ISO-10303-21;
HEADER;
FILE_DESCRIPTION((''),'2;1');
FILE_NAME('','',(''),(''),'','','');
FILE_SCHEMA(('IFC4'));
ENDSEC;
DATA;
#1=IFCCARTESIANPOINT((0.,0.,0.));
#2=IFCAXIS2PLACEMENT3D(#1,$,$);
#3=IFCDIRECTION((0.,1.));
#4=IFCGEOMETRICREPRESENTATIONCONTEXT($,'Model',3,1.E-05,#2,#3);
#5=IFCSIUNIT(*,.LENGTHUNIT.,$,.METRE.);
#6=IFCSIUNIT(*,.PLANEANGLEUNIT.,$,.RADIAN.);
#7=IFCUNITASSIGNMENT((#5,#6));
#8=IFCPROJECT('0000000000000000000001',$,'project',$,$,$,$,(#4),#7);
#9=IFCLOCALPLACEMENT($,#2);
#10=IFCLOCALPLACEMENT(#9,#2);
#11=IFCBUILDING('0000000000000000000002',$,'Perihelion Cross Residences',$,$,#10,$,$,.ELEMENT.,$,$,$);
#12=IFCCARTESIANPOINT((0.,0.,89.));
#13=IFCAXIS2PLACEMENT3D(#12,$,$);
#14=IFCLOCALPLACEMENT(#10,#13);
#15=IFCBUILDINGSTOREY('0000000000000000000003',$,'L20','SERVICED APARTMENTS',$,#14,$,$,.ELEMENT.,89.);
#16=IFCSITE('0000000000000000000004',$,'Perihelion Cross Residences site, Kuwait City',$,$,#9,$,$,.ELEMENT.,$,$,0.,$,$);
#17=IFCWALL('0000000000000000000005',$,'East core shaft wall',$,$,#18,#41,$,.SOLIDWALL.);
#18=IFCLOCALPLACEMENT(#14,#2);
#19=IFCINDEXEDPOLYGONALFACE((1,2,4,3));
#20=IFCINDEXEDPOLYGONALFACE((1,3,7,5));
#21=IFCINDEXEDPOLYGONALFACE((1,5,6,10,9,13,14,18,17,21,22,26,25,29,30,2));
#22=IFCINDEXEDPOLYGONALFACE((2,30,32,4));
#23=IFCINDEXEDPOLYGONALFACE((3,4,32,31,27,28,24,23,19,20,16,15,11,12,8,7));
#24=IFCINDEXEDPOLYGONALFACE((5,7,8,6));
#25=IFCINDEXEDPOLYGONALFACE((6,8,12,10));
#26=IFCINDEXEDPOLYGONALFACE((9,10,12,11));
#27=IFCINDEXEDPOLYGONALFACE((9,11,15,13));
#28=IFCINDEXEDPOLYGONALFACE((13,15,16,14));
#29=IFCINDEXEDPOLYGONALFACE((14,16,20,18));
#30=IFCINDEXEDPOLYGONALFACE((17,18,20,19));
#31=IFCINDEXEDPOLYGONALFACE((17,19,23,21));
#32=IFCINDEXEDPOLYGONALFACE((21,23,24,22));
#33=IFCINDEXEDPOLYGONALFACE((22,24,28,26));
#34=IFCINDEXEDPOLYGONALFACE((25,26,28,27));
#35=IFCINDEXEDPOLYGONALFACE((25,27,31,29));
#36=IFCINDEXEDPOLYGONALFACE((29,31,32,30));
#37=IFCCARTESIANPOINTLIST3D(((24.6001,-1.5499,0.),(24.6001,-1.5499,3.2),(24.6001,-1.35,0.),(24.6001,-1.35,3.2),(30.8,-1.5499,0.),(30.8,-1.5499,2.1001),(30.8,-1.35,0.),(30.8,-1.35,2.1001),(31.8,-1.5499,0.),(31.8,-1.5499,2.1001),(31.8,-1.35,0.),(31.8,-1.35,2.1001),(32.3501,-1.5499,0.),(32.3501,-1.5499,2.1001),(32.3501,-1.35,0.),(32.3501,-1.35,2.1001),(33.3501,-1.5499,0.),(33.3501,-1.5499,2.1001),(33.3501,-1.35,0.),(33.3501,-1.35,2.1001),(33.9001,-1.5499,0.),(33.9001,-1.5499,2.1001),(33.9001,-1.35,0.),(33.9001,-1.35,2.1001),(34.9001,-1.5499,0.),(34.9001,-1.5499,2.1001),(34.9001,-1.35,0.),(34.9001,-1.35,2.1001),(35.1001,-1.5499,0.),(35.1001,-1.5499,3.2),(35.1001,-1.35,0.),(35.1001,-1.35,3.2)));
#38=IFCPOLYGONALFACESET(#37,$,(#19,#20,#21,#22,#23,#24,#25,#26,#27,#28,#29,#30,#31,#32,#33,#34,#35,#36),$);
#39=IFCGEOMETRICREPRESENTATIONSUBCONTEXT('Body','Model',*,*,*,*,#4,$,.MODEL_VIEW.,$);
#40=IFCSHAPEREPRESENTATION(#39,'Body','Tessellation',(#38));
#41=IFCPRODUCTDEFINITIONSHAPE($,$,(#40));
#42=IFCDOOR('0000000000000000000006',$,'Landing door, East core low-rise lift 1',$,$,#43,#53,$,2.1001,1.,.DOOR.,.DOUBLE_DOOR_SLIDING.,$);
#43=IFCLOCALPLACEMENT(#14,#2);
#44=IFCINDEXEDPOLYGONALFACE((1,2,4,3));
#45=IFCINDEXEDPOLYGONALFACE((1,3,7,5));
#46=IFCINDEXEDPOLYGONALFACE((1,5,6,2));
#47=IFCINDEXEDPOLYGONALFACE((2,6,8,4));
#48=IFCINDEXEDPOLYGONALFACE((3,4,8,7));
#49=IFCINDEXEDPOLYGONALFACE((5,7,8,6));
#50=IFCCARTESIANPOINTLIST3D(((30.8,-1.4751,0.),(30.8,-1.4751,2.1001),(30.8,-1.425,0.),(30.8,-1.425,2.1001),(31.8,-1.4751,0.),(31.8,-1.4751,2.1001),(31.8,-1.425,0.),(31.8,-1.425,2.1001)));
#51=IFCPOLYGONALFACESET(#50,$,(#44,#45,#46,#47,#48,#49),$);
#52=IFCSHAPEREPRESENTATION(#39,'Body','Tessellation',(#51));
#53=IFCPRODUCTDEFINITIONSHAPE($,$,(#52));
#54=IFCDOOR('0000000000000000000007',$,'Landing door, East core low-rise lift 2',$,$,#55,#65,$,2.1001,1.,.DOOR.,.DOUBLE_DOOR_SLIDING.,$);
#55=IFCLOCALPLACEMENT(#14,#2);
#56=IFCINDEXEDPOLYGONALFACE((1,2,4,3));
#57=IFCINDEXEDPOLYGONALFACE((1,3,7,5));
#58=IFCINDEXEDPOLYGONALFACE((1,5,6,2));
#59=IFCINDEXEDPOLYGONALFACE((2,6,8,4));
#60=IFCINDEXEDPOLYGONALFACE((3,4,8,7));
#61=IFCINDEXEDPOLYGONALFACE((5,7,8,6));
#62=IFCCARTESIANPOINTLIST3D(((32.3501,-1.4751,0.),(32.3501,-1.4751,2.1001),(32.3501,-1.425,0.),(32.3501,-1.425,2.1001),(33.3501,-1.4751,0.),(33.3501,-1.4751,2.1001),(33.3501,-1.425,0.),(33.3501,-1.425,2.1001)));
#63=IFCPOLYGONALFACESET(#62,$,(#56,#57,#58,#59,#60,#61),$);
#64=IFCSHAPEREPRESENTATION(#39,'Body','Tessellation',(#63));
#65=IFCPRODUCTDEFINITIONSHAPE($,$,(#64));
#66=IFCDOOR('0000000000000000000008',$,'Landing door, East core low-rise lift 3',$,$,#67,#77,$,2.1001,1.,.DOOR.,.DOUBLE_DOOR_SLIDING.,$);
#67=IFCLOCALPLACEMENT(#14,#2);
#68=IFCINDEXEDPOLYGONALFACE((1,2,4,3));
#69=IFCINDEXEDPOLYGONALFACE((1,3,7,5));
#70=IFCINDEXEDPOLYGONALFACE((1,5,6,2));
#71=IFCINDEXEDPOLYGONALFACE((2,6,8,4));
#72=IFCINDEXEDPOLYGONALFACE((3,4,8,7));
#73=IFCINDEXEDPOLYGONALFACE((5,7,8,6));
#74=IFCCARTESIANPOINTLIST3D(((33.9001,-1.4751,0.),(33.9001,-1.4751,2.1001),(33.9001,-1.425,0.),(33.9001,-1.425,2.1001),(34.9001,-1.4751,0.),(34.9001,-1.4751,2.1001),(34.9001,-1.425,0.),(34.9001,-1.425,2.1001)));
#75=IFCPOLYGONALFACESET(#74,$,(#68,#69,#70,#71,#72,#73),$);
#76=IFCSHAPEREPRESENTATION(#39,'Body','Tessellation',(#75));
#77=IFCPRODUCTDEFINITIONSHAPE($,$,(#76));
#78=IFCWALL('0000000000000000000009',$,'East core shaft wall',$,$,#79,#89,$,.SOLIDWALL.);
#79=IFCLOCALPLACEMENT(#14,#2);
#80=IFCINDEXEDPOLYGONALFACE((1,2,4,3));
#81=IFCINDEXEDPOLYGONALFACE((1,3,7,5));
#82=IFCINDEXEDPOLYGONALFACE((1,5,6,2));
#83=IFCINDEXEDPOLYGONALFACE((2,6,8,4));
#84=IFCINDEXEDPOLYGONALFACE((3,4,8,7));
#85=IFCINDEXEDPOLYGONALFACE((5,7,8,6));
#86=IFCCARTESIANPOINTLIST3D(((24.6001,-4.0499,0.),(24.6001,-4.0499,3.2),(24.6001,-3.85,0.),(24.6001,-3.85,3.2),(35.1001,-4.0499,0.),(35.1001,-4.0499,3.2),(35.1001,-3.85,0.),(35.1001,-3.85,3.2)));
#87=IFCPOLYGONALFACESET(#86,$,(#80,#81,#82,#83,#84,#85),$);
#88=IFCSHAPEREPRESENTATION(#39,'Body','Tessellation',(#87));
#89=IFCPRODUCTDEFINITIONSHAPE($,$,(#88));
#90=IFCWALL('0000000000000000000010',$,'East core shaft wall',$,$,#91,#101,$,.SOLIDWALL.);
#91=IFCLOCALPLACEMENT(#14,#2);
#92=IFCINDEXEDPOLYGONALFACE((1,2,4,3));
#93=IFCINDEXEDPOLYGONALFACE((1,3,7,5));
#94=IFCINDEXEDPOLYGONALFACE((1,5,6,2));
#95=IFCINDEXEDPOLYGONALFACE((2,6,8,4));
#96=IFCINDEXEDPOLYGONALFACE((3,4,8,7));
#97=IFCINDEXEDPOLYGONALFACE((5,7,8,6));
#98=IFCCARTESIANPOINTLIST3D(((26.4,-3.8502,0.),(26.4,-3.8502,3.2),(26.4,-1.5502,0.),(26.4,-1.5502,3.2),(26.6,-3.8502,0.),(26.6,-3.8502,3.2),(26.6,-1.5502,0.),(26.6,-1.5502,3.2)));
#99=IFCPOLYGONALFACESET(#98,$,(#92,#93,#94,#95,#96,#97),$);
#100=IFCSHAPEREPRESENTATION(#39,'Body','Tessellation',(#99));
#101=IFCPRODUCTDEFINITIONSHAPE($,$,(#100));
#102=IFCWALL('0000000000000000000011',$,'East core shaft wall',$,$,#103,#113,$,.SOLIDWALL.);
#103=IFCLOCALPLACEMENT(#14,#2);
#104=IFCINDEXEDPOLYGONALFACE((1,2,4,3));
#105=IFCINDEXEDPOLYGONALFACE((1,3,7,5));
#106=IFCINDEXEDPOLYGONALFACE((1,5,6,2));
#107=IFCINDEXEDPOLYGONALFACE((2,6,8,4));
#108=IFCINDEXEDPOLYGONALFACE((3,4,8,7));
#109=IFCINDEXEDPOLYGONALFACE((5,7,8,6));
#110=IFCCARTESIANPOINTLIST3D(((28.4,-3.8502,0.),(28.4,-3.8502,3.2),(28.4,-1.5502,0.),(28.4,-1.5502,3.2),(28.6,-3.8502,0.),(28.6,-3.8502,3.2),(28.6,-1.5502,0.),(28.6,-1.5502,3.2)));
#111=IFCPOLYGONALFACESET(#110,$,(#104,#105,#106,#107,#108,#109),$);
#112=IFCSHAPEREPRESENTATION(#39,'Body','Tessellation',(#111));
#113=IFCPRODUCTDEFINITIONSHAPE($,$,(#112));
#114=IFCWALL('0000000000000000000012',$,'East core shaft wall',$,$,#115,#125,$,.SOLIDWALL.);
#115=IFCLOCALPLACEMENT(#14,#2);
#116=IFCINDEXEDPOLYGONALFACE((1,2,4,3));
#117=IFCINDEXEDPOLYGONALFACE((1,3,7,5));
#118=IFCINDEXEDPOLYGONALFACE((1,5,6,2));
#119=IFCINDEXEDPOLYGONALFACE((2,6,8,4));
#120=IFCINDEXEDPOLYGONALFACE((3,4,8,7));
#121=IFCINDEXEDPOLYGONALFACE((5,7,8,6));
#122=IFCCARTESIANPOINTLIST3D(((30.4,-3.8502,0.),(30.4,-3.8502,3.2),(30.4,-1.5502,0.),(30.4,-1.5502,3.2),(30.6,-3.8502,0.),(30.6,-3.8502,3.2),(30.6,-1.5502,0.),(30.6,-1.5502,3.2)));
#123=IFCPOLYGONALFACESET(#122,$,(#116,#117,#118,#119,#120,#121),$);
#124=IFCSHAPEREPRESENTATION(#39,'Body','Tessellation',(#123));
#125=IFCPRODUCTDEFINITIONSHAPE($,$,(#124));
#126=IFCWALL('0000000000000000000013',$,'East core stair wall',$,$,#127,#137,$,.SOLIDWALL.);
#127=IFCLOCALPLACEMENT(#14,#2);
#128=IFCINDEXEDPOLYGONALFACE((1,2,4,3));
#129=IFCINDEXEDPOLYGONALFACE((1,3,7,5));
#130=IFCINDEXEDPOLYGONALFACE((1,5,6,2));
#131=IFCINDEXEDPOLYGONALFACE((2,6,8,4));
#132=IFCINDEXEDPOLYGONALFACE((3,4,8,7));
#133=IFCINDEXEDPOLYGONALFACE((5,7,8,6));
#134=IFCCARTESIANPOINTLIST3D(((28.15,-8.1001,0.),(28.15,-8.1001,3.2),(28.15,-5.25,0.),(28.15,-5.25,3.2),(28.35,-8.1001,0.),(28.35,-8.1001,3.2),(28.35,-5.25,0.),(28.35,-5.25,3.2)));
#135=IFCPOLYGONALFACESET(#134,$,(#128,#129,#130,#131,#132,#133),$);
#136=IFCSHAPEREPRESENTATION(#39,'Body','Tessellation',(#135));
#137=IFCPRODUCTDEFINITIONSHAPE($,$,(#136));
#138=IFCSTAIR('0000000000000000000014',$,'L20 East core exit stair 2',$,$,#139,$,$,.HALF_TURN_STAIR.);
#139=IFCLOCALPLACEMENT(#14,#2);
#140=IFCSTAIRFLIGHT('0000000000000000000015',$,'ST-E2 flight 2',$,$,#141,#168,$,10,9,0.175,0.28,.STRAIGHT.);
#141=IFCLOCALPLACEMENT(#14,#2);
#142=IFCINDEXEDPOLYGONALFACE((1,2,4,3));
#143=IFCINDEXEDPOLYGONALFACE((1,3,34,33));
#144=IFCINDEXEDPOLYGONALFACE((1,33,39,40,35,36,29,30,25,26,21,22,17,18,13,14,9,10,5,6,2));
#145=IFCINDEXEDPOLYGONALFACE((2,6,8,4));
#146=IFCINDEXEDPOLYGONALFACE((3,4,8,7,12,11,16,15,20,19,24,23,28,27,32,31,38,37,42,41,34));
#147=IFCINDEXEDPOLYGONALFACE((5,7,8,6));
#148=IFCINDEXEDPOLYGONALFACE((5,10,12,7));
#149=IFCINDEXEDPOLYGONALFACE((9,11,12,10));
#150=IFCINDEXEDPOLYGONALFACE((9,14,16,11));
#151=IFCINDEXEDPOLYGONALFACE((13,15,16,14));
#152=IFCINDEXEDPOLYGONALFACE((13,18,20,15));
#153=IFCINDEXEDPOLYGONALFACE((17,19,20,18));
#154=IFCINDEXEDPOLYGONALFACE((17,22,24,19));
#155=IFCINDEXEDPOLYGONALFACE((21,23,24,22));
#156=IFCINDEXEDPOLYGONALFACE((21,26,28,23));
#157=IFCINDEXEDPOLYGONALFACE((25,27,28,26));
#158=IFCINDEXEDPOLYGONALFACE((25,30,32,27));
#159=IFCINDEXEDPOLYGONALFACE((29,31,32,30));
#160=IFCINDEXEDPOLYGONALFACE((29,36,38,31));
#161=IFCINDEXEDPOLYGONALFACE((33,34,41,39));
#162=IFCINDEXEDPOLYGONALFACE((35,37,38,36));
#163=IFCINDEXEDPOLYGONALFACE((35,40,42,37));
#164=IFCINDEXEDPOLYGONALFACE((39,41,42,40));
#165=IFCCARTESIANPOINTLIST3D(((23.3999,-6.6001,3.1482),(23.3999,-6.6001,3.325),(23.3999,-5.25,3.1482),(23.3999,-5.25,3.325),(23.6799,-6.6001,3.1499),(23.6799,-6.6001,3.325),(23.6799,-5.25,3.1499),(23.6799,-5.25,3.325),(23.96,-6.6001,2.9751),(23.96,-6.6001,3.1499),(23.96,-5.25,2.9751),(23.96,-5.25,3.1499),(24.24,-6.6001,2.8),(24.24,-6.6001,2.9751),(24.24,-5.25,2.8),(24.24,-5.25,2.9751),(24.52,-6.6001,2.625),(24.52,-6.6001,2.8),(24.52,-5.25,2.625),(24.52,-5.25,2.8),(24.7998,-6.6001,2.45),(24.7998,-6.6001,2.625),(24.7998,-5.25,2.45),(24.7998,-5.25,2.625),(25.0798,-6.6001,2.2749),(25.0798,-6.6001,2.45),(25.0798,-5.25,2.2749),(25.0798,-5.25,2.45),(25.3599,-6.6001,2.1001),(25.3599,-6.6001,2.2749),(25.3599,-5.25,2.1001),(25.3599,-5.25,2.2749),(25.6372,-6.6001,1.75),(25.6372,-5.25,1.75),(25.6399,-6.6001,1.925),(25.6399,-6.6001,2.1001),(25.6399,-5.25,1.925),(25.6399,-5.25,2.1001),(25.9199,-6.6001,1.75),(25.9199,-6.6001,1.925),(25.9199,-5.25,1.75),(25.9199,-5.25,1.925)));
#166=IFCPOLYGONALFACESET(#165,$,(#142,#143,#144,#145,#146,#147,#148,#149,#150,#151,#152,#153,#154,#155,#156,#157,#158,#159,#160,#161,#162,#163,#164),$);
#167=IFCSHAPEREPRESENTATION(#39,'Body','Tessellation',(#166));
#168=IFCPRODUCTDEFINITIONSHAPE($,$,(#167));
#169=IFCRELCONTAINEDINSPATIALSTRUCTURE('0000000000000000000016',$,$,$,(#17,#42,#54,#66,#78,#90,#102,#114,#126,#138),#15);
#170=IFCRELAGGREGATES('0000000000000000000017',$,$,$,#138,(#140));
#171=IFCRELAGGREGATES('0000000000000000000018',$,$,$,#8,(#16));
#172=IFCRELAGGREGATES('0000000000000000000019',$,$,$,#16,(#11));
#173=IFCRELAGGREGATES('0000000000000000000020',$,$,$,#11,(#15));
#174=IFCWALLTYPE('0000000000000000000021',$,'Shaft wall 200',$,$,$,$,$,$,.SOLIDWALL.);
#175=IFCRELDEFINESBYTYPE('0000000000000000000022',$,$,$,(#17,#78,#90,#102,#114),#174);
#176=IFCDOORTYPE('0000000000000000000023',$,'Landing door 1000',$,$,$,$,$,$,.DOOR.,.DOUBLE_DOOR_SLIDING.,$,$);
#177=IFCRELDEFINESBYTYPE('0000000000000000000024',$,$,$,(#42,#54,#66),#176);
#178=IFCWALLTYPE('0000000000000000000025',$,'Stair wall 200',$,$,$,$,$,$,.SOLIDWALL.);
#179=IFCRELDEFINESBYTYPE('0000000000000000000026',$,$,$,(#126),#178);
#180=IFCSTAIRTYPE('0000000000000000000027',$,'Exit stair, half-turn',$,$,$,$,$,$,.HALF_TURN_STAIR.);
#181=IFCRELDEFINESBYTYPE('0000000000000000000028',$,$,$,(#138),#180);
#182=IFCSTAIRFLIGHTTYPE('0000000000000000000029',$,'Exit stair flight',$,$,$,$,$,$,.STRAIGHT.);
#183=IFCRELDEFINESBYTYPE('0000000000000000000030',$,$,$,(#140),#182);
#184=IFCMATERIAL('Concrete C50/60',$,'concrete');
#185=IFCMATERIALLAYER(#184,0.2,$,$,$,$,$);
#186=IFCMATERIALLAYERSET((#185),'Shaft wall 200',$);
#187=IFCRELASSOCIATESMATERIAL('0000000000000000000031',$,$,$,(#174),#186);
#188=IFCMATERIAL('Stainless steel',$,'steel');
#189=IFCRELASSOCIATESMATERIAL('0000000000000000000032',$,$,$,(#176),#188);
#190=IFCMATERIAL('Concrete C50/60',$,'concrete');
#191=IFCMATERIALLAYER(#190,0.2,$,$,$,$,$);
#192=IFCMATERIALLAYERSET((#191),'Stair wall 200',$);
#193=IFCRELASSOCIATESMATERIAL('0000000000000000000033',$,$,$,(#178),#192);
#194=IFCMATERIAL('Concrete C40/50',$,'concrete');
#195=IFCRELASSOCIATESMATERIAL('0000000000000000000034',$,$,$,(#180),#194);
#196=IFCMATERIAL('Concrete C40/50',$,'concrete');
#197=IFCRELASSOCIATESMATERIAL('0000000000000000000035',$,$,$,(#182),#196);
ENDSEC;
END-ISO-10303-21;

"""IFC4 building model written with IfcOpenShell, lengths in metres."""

from ifc_helpers import new_model, si_unit, direction, frame, frame_2d, origin, place, context, subcontext, project, spatial, polyline, rectangle, outline, extrude, material, layer, layer_set, type_object, element, fill, aggregate, save


model = new_model("IFC4")

# Units and contexts
model_context = context("Model", 3, precision=1e-05, world=origin(), true_north=direction((0.0, 1.0)))
body_context = subcontext(model_context, "Body", "Model", "MODEL_VIEW")
ifc_project = project(units=[si_unit("LENGTHUNIT", "METRE"), si_unit("PLANEANGLEUNIT", "RADIAN")], contexts=[model_context])

# Site, building, storey
site_placement = place(None, origin())
site = spatial("IfcSite", under=ifc_project, at=site_placement, Name="Perihelion Cross Residences site, Kuwait City", CompositionType="ELEMENT", RefElevation=0.0)
building_placement = place(site_placement, origin())
building = spatial("IfcBuilding", under=site, at=building_placement, Name="Perihelion Cross Residences", CompositionType="ELEMENT")
storey_placement = place(building_placement, frame((0.0, 0.0, 89.0)))
storey = spatial("IfcBuildingStorey", under=building, at=storey_placement, Name="L20", Description="SERVICED APARTMENTS", CompositionType="ELEMENT", Elevation=89.0)

# Wall, openings, doors
ifc_material_1 = material(Name="Concrete C50/60", Category="concrete")
ifc_layer_1 = layer(ifc_material_1, 0.2)
ifc_layer_set_1 = layer_set([ifc_layer_1], Name="Shaft wall 200")
wall_type_1 = type_object("IfcWallType", Name="Shaft wall 200", PredefinedType="SOLIDWALL", material=ifc_layer_set_1)
wall_1_placement = place(storey_placement, frame((24.6001, -1.45, 0.0), z_axis=(0.0, 0.0, 1.0), x_axis=(1.0, 0.0, 0.0)))
wall_1 = element("IfcWall", 1, at=wall_1_placement, inside=storey, type_object=wall_type_1, Name="East core shaft wall", PredefinedType="SOLIDWALL", context=body_context, shape_type="SweptSolid", body=[
    extrude(rectangle(XDim=10.5, YDim=0.2, at=frame_2d((5.25, 0.0))), origin(), (0.0, 0.0, 1.0), 3.2),
])
opening_1_placement = place(wall_1_placement, frame((6.2, 0.0, 0.0)))
opening_1 = element("IfcOpeningElement", 2, at=opening_1_placement, cuts=wall_1, PredefinedType="OPENING", context=body_context, shape_type="SweptSolid", body=[
    extrude(rectangle(XDim=1.0, YDim=2.1001, at=frame_2d((0.5, 1.05))), frame((0.0, 0.1099, 0.0), z_axis=(0.0, -1.0, 0.0), x_axis=(1.0, 0.0, 0.0)), (0.0, 0.0, 1.0), 0.22),
])
opening_2_placement = place(wall_1_placement, frame((7.75, 0.0, 0.0)))
opening_2 = element("IfcOpeningElement", 3, at=opening_2_placement, cuts=wall_1, PredefinedType="OPENING", context=body_context, shape_type="SweptSolid", body=[
    extrude(rectangle(XDim=1.0, YDim=2.1001, at=frame_2d((0.5, 1.05))), frame((0.0, 0.1099, 0.0), z_axis=(0.0, -1.0, 0.0), x_axis=(1.0, 0.0, 0.0)), (0.0, 0.0, 1.0), 0.22),
])
opening_3_placement = place(wall_1_placement, frame((9.3, 0.0, 0.0)))
opening_3 = element("IfcOpeningElement", 4, at=opening_3_placement, cuts=wall_1, PredefinedType="OPENING", context=body_context, shape_type="SweptSolid", body=[
    extrude(rectangle(XDim=1.0, YDim=2.1001, at=frame_2d((0.5, 1.05))), frame((0.0, 0.1099, 0.0), z_axis=(0.0, -1.0, 0.0), x_axis=(1.0, 0.0, 0.0)), (0.0, 0.0, 1.0), 0.22),
])
ifc_material_2 = material(Name="Stainless steel", Category="steel")
door_type_1 = type_object("IfcDoorType", Name="Landing door 1000", OperationType="DOUBLE_DOOR_SLIDING", PredefinedType="DOOR", material=ifc_material_2)
door_1_placement = place(opening_1_placement, origin())
door_1 = element("IfcDoor", 5, at=door_1_placement, inside=storey, type_object=door_type_1, Name="Landing door, East core low-rise lift 1", OperationType="DOUBLE_DOOR_SLIDING", OverallHeight=2.1001, OverallWidth=1.0, PredefinedType="DOOR", context=body_context, shape_type="SweptSolid", body=[
    extrude(rectangle(XDim=1.0, YDim=2.1001, at=frame_2d((0.5, 1.05))), frame((0.0, 0.0249, 0.0), z_axis=(0.0, -1.0, 0.0), x_axis=(1.0, 0.0, 0.0)), (0.0, 0.0, 1.0), 0.05),
])
fill(opening_1, door_1)
door_2_placement = place(opening_2_placement, origin())
door_2 = element("IfcDoor", 6, at=door_2_placement, inside=storey, type_object=door_type_1, Name="Landing door, East core low-rise lift 2", OperationType="DOUBLE_DOOR_SLIDING", OverallHeight=2.1001, OverallWidth=1.0, PredefinedType="DOOR", context=body_context, shape_type="SweptSolid", body=[
    extrude(rectangle(XDim=1.0, YDim=2.1001, at=frame_2d((0.5, 1.05))), frame((0.0, 0.0249, 0.0), z_axis=(0.0, -1.0, 0.0), x_axis=(1.0, 0.0, 0.0)), (0.0, 0.0, 1.0), 0.05),
])
fill(opening_2, door_2)
door_3_placement = place(opening_3_placement, origin())
door_3 = element("IfcDoor", 7, at=door_3_placement, inside=storey, type_object=door_type_1, Name="Landing door, East core low-rise lift 3", OperationType="DOUBLE_DOOR_SLIDING", OverallHeight=2.1001, OverallWidth=1.0, PredefinedType="DOOR", context=body_context, shape_type="SweptSolid", body=[
    extrude(rectangle(XDim=1.0, YDim=2.1001, at=frame_2d((0.5, 1.05))), frame((0.0, 0.0249, 0.0), z_axis=(0.0, -1.0, 0.0), x_axis=(1.0, 0.0, 0.0)), (0.0, 0.0, 1.0), 0.05),
])
fill(opening_3, door_3)

# Walls
wall_2_placement = place(storey_placement, frame((24.6001, -3.95, 0.0), z_axis=(0.0, 0.0, 1.0), x_axis=(1.0, 0.0, 0.0)))
element("IfcWall", 8, at=wall_2_placement, inside=storey, type_object=wall_type_1, Name="East core shaft wall", PredefinedType="SOLIDWALL", context=body_context, shape_type="SweptSolid", body=[
    extrude(rectangle(XDim=10.5, YDim=0.2, at=frame_2d((5.25, 0.0))), origin(), (0.0, 0.0, 1.0), 3.2),
])
for number, where, z_axis, x_axis, name in (
    (9, (26.5, -3.8501, 0.0), (0.0, 0.0, 1.0), (0.0, 1.0, 0.0), "East core shaft wall"),
    (10, (28.5, -3.8501, 0.0), (0.0, 0.0, 1.0), (0.0, 1.0, 0.0), "East core shaft wall"),
    (11, (30.5, -3.8501, 0.0), (0.0, 0.0, 1.0), (0.0, 1.0, 0.0), "East core shaft wall"),
):
    element("IfcWall", number, at=place(storey_placement, frame(where, z_axis=z_axis, x_axis=x_axis)), inside=storey, type_object=wall_type_1, Name=name, PredefinedType="SOLIDWALL", context=body_context, shape_type="SweptSolid", body=[
        extrude(rectangle(XDim=2.3, YDim=0.2, at=frame_2d((1.1499, 0.0))), origin(), (0.0, 0.0, 1.0), 3.2),
    ])
ifc_material_3 = material(Name="Concrete C50/60", Category="concrete")
ifc_layer_2 = layer(ifc_material_3, 0.2)
ifc_layer_set_2 = layer_set([ifc_layer_2], Name="Stair wall 200")
wall_type_2 = type_object("IfcWallType", Name="Stair wall 200", PredefinedType="SOLIDWALL", material=ifc_layer_set_2)
wall_3_placement = place(storey_placement, frame((28.25, -8.1001, 0.0), z_axis=(0.0, 0.0, 1.0), x_axis=(0.0, 1.0, 0.0)))
element("IfcWall", 12, at=wall_3_placement, inside=storey, type_object=wall_type_2, Name="East core stair wall", PredefinedType="SOLIDWALL", context=body_context, shape_type="SweptSolid", body=[
    extrude(rectangle(XDim=2.8501, YDim=0.2, at=frame_2d((1.425, 0.0))), origin(), (0.0, 0.0, 1.0), 3.2),
])

# Stair, stair flight
ifc_material_4 = material(Name="Concrete C40/50", Category="concrete")
stair_type = type_object("IfcStairType", Name="Exit stair, half-turn", PredefinedType="HALF_TURN_STAIR", material=ifc_material_4)
stair_placement = place(storey_placement, origin())
stair = element("IfcStair", 13, at=stair_placement, inside=storey, type_object=stair_type, Name="L20 East core exit stair 2", PredefinedType="HALF_TURN_STAIR")
ifc_material_5 = material(Name="Concrete C40/50", Category="concrete")
stair_flight_type = type_object("IfcStairFlightType", Name="Exit stair flight", PredefinedType="STRAIGHT", material=ifc_material_5)
stair_flight_placement = place(storey_placement, frame((25.9199, -5.925, 1.75), z_axis=(0.0, 0.0, 1.0), x_axis=(-1.0, 0.0, 0.0)))
stair_flight = element("IfcStairFlight", 14, at=stair_flight_placement, type_object=stair_flight_type, Name="ST-E2 flight 2", NumberOfRisers=10, NumberOfTreads=9, PredefinedType="STRAIGHT", RiserHeight=0.175, TreadLength=0.28, context=body_context, shape_type="SweptSolid", body=[
    extrude(outline(polyline([(0.0, 0.0), (0.0, 0.175), (0.28, 0.175), (0.28, 0.3501), (0.5601, 0.3501), (0.5601, 0.5249), (0.8401, 0.5249), (0.8401, 0.7), (1.1201, 0.7), (1.1201, 0.875), (1.3999, 0.875), (1.3999, 1.05), (1.6799, 1.05), (1.6799, 1.2251), (1.96, 1.2251), (1.96, 1.3999), (2.24, 1.3999), (2.24, 1.575), (2.52, 1.575), (2.52, 1.75), (2.52, 1.3982), (0.2827, 0.0), (0.0, 0.0)])), frame((0.0, 0.675, 0.0), z_axis=(0.0, -1.0, 0.0), x_axis=(1.0, 0.0, 0.0)), (0.0, 0.0, 1.0), 1.3501),
])
aggregate(stair, [stair_flight])

save(model, "model.ifc")
